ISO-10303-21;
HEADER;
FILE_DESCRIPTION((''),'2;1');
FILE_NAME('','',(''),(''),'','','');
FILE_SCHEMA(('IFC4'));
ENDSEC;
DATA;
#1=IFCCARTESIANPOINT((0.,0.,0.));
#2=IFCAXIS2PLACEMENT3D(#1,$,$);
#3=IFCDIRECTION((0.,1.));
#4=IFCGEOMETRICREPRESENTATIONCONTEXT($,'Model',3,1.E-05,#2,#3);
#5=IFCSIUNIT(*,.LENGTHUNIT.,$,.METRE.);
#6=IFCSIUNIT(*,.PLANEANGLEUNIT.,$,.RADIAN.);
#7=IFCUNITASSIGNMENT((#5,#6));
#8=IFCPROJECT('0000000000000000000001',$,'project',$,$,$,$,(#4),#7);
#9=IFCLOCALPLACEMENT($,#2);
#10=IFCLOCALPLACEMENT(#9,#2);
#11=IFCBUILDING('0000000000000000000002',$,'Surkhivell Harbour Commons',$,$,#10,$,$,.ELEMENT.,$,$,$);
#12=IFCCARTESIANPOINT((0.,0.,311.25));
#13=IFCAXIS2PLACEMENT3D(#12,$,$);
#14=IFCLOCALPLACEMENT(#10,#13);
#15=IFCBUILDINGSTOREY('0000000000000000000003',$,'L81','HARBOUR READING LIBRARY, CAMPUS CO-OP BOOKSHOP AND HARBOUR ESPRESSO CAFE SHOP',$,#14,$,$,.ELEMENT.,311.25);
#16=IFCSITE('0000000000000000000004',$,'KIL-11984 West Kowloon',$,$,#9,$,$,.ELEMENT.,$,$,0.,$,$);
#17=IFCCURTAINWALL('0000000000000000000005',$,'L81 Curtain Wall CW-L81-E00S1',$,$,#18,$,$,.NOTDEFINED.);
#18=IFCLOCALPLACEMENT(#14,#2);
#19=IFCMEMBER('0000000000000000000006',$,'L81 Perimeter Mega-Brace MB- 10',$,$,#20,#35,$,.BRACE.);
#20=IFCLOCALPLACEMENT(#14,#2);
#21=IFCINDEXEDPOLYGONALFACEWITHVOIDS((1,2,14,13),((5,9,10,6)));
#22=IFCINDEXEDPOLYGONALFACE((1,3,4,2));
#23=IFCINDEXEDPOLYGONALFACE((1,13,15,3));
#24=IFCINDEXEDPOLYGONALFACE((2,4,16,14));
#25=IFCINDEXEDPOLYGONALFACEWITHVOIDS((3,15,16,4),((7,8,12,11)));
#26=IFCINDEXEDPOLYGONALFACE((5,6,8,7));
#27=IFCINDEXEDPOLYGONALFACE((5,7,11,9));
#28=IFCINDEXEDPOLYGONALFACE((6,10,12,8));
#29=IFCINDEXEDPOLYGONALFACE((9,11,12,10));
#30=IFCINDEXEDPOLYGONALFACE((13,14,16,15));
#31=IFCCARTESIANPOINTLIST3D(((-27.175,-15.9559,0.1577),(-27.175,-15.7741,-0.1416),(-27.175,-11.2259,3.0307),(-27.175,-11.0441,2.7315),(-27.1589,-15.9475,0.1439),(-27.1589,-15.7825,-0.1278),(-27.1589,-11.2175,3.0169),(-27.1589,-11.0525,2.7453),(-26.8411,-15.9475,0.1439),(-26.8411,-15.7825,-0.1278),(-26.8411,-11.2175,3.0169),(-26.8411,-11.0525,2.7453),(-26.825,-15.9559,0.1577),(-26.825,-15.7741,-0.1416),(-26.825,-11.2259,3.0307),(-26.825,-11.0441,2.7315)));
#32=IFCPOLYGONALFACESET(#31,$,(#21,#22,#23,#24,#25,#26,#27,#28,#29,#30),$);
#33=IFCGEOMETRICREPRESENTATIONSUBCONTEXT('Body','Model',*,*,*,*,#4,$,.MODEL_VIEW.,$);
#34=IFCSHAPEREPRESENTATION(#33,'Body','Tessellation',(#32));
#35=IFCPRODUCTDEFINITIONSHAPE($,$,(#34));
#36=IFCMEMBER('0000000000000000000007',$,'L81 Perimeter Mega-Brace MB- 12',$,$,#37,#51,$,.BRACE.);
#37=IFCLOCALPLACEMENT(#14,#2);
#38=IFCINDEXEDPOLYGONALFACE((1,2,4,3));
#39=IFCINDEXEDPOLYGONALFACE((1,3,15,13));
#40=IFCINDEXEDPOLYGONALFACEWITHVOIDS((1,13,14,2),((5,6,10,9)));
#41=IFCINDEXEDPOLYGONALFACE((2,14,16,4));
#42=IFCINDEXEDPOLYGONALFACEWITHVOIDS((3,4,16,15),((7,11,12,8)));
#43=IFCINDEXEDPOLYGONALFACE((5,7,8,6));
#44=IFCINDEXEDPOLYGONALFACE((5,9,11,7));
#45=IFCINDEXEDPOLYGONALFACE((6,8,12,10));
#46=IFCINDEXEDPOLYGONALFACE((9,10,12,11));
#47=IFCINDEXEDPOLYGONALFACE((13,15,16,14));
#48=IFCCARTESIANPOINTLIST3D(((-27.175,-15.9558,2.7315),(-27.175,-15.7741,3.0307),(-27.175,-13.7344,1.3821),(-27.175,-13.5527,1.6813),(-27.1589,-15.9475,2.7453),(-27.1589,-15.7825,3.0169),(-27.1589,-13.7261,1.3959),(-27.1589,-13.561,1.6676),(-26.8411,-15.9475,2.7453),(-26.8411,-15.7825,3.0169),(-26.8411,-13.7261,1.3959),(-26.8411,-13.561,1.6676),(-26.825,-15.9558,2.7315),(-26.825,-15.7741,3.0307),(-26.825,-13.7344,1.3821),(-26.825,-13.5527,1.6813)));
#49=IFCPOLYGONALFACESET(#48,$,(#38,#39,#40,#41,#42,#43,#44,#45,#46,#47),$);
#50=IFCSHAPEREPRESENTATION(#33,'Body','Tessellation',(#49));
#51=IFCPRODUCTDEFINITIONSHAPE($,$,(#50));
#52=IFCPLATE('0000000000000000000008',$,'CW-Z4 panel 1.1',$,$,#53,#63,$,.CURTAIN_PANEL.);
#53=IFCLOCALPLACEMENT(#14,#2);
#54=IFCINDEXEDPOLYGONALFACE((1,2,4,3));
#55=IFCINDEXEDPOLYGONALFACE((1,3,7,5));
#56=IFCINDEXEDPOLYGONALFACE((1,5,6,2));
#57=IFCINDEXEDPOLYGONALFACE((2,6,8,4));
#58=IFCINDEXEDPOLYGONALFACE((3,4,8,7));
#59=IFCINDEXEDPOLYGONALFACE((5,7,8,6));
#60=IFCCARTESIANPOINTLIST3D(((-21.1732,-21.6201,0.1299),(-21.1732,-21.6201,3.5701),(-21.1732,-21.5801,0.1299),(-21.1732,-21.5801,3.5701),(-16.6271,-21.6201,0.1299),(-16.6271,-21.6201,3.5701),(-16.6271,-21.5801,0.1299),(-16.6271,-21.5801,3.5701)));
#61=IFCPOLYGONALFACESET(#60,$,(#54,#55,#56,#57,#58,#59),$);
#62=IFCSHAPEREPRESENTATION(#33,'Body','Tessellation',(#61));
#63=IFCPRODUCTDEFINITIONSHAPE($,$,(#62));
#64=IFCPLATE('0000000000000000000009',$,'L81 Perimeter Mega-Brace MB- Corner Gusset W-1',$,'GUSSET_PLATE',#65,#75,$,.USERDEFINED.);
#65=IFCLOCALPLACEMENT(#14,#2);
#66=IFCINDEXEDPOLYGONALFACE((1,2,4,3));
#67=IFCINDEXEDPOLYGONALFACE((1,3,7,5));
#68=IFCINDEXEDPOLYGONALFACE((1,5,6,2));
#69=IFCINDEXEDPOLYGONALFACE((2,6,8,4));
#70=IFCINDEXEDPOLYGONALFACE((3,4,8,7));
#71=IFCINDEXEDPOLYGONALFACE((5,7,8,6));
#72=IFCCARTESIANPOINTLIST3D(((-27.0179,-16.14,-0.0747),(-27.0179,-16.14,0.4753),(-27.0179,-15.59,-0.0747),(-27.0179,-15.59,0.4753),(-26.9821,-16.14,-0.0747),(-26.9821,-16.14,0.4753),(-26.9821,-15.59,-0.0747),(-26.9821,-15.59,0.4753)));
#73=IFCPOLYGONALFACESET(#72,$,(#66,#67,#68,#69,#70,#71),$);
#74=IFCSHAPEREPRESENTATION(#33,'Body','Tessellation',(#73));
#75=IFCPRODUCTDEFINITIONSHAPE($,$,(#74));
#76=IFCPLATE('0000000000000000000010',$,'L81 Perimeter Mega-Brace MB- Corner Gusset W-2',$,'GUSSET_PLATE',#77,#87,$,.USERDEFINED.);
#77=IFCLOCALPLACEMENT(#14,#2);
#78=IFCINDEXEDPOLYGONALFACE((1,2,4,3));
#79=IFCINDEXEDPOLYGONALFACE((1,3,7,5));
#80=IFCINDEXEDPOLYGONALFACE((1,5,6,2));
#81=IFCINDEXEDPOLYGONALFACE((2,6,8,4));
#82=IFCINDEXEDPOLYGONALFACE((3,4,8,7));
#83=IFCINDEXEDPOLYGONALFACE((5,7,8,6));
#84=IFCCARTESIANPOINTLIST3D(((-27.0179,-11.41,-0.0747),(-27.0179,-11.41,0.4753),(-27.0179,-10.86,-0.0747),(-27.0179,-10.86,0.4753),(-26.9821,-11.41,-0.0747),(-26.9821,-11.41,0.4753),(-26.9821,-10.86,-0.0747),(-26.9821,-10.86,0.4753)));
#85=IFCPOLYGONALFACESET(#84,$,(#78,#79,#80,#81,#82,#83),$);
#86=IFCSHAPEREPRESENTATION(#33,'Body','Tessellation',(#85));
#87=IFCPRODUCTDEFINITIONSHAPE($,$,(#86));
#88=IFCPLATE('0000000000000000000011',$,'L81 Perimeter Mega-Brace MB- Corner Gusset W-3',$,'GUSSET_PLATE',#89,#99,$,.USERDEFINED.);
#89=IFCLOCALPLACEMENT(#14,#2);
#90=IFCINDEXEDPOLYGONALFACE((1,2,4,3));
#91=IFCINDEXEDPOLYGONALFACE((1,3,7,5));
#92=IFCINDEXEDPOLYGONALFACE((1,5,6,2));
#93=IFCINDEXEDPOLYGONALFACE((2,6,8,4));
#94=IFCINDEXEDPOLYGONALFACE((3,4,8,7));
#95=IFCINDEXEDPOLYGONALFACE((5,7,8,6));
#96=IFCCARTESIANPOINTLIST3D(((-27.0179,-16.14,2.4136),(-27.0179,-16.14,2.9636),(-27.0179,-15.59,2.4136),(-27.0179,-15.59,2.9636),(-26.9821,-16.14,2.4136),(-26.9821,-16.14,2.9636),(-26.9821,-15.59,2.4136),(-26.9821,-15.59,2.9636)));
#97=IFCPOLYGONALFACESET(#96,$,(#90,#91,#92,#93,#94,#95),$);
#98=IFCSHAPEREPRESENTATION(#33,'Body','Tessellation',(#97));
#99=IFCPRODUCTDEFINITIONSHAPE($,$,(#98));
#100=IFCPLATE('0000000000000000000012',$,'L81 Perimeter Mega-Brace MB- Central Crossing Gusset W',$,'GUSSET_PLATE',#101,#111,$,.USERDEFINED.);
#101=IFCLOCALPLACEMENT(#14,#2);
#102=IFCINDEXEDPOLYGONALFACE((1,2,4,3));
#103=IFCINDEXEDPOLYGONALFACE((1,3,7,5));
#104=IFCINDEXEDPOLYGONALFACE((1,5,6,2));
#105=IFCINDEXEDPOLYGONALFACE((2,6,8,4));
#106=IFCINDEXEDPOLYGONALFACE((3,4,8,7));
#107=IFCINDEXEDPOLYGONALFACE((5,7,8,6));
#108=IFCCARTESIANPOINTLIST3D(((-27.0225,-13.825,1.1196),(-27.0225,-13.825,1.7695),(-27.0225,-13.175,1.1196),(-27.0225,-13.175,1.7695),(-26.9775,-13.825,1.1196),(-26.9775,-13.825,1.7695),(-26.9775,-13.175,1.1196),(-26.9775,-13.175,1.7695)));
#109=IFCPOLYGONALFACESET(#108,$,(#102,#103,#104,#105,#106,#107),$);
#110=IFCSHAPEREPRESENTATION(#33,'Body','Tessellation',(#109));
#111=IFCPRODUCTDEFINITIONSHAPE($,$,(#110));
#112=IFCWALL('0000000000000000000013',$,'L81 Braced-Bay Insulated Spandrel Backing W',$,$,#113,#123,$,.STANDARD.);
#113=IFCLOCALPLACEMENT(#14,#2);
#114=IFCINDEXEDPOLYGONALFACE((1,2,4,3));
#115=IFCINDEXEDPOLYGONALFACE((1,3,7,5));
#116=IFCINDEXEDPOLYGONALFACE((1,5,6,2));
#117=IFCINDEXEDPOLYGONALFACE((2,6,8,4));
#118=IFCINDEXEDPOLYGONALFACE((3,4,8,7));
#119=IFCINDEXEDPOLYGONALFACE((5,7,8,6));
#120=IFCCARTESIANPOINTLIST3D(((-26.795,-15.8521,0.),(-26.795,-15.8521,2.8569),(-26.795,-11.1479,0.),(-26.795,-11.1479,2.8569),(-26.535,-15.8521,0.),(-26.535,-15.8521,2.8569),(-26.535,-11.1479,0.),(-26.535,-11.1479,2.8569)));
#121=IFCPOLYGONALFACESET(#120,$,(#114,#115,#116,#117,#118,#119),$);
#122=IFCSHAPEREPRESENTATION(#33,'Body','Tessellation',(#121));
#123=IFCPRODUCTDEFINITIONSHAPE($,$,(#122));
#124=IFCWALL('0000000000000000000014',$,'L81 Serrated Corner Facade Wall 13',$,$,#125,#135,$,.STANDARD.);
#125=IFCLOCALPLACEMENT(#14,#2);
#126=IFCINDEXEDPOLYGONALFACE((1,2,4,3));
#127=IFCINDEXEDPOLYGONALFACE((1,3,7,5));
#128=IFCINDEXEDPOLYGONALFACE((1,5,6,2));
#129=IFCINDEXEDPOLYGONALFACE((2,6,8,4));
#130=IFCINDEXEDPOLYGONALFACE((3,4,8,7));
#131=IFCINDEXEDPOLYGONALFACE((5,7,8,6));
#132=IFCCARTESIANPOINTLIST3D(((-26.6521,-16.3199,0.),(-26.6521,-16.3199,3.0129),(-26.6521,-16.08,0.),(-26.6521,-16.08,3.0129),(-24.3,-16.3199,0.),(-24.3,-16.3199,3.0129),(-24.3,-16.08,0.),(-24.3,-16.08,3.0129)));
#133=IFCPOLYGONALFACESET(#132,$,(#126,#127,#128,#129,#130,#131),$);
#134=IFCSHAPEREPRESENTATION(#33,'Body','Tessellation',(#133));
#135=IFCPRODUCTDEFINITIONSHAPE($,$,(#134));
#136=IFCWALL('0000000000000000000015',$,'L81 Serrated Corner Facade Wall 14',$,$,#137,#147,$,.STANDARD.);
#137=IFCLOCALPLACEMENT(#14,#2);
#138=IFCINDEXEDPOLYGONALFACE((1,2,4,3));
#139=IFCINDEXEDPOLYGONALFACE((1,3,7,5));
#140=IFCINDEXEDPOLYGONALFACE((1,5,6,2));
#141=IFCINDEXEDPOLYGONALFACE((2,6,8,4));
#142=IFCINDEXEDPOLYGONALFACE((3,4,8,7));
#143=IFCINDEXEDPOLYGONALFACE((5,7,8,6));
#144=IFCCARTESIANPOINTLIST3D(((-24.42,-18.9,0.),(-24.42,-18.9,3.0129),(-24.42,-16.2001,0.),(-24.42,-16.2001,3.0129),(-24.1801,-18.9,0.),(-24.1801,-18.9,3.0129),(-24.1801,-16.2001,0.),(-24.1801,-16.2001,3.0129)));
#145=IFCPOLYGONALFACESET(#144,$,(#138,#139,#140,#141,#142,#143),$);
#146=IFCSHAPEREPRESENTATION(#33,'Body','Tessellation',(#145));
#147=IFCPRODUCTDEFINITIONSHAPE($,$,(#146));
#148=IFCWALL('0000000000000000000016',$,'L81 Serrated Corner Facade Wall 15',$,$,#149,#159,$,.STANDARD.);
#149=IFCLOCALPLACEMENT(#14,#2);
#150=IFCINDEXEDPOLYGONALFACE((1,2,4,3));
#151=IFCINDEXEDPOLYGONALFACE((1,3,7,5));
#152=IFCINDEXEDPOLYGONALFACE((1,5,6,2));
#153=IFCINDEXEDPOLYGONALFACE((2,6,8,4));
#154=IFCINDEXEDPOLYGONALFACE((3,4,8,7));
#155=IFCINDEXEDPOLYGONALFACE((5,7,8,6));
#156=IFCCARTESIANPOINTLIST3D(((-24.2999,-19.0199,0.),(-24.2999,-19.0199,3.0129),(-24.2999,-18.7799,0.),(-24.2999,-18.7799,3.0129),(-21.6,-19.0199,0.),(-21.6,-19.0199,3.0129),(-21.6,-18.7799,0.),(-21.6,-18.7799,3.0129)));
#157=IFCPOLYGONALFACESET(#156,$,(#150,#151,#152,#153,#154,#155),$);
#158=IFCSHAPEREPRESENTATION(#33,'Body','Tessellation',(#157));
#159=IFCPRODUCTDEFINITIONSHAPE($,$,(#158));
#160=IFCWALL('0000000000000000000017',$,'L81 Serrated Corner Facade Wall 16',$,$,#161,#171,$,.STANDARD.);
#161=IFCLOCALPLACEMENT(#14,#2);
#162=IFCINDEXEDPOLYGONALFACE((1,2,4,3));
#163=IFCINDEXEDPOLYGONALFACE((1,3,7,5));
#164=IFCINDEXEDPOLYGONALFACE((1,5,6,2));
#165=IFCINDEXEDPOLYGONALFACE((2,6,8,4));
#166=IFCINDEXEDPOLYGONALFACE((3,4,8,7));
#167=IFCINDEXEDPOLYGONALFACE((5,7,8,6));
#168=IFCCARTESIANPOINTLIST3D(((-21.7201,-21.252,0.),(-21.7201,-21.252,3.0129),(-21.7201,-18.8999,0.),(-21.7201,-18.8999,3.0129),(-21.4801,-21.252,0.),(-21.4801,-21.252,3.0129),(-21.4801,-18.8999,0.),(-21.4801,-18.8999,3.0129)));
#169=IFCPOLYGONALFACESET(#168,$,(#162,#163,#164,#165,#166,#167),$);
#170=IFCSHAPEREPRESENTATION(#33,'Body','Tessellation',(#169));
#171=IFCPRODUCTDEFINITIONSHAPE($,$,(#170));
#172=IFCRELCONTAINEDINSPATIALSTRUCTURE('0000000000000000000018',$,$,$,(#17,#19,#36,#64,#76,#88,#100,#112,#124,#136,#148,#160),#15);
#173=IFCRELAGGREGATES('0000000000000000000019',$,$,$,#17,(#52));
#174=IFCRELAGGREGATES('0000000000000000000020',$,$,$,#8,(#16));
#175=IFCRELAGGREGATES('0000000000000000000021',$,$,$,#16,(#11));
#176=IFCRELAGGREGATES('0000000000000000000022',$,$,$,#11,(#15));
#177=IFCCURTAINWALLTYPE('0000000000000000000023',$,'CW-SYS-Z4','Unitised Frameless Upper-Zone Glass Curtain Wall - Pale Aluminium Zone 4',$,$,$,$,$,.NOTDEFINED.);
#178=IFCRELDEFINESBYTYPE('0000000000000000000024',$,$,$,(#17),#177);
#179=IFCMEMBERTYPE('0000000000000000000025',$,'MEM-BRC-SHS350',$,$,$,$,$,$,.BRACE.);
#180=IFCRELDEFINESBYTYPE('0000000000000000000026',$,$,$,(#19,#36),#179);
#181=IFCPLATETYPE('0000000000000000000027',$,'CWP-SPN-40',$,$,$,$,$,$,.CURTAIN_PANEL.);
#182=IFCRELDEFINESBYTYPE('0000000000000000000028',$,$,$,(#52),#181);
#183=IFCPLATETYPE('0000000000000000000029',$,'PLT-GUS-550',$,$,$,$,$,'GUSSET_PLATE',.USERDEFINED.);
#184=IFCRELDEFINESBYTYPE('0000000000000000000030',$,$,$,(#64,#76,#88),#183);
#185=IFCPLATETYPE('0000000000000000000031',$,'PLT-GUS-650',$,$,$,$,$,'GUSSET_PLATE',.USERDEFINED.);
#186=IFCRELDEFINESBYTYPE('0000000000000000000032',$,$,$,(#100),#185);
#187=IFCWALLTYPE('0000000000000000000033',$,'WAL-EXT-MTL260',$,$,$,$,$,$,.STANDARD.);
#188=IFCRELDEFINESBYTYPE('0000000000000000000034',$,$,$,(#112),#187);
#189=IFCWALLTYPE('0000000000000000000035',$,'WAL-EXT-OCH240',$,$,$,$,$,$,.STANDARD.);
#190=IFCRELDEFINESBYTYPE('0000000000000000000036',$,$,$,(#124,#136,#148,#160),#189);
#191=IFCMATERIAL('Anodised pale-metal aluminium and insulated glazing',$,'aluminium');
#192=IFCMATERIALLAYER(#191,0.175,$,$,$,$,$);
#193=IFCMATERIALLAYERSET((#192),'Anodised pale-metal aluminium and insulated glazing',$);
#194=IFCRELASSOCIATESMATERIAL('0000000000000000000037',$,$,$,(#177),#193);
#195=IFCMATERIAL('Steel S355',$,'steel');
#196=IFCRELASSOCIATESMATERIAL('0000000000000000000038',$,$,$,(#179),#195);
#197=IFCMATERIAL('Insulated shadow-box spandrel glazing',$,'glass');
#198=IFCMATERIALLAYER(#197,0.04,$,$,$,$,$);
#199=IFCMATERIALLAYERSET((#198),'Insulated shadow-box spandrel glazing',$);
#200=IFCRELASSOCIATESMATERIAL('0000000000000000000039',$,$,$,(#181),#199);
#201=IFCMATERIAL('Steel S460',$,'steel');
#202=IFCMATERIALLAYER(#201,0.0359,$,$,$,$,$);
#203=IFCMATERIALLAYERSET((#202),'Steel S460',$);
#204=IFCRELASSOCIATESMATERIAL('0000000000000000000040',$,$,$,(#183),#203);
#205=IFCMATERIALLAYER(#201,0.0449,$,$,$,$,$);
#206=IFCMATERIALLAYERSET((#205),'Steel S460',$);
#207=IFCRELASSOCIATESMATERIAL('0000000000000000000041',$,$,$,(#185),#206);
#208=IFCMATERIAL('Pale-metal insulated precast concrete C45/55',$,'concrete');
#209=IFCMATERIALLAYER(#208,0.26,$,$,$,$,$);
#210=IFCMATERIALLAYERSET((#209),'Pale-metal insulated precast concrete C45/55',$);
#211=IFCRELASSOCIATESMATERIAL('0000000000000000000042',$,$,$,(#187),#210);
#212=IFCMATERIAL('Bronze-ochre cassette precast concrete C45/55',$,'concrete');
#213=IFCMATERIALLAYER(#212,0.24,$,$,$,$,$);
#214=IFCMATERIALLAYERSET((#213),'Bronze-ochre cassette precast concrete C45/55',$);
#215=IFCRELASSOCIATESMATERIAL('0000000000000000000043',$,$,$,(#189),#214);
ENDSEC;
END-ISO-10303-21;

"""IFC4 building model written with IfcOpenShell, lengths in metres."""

from ifc_helpers import new_model, si_unit, direction, frame, frame_2d, origin, origin_2d, place, context, subcontext, project, spatial, rectangle, hollow_rectangle, extrude, material, layer, layer_set, material_profile, profile_set, type_object, element, aggregate, save


model = new_model("IFC4")

# Units and contexts
model_context = context("Model", 3, precision=1e-05, world=origin(), true_north=direction((0.0, 1.0)))
body_context = subcontext(model_context, "Body", "Model", "MODEL_VIEW")
ifc_project = project(units=[si_unit("LENGTHUNIT", "METRE"), si_unit("PLANEANGLEUNIT", "RADIAN")], contexts=[model_context])

# Site, building, storey
site_placement = place(None, origin())
site = spatial("IfcSite", under=ifc_project, at=site_placement, Name="KIL-11984 West Kowloon", CompositionType="ELEMENT", RefElevation=0.0)
building_placement = place(site_placement, origin())
building = spatial("IfcBuilding", under=site, at=building_placement, Name="Surkhivell Harbour Commons", CompositionType="ELEMENT")
storey_placement = place(building_placement, frame((0.0, 0.0, 311.25)))
storey = spatial("IfcBuildingStorey", under=building, at=storey_placement, Name="L81", Description="HARBOUR READING LIBRARY, CAMPUS CO-OP BOOKSHOP AND HARBOUR ESPRESSO CAFE SHOP", CompositionType="ELEMENT", Elevation=311.25)

# Shared definitions
ifc_material_1 = material(Name="Steel S355", Category="steel")

# Curtain wall
ifc_material_2 = material(Name="Anodised pale-metal aluminium and insulated glazing", Category="aluminium")
ifc_layer_1 = layer(ifc_material_2, 0.175)
ifc_layer_set_1 = layer_set([ifc_layer_1], Name="Anodised pale-metal aluminium and insulated glazing")
curtain_wall_type = type_object("IfcCurtainWallType", Name="CW-SYS-Z4", Description="Unitised Frameless Upper-Zone Glass Curtain Wall - Pale Aluminium Zone 4", PredefinedType="NOTDEFINED", material=ifc_layer_set_1)
curtain_wall_placement = place(storey_placement, origin())
curtain_wall = element("IfcCurtainWall", 1, at=curtain_wall_placement, inside=storey, type_object=curtain_wall_type, Name="L81 Curtain Wall CW-L81-E00S1", PredefinedType="NOTDEFINED")

# Members
ifc_material_profile_1 = material_profile(ifc_material_1, hollow_rectangle(XDim=0.3501, YDim=0.3501, WallThickness=0.0161, at=origin_2d()), Name="SHS350x350x16")
ifc_profile_set_1 = profile_set([ifc_material_profile_1], Name="Steel S355")
member_type_1 = type_object("IfcMemberType", Name="MEM-BRC-SHS350", PredefinedType="BRACE", material=ifc_profile_set_1)
member_1_placement = place(storey_placement, frame((-27.0, -15.865, 0.0081), z_axis=(0.0, 0.854685, 0.519146), x_axis=(-1.0, 0.0, 0.0)))
element("IfcMember", 2, at=member_1_placement, inside=storey, type_object=member_type_1, Name="L81 Perimeter Mega-Brace MB- 10", PredefinedType="BRACE", context=body_context, shape_type="SweptSolid", body=[
    extrude(hollow_rectangle(XDim=0.3501, YDim=0.3501, WallThickness=0.0161, at=origin_2d()), origin(), (0.0, 0.0, 1.0), 5.5342),
])
member_2_placement = place(storey_placement, frame((-27.0, -13.6436, 1.5317), z_axis=(0.0, -0.854679, 0.519157), x_axis=(1.0, 0.0, 0.0)))
element("IfcMember", 3, at=member_2_placement, inside=storey, type_object=member_type_1, Name="L81 Perimeter Mega-Brace MB- 12", PredefinedType="BRACE", context=body_context, shape_type="SweptSolid", body=[
    extrude(hollow_rectangle(XDim=0.3501, YDim=0.3501, WallThickness=0.0161, at=origin_2d()), origin(), (0.0, 0.0, 1.0), 2.5991),
])

# Plate
ifc_material_3 = material(Name="Insulated shadow-box spandrel glazing", Category="glass")
ifc_layer_2 = layer(ifc_material_3, 0.04)
ifc_layer_set_2 = layer_set([ifc_layer_2], Name="Insulated shadow-box spandrel glazing")
plate_type_1 = type_object("IfcPlateType", Name="CWP-SPN-40", PredefinedType="CURTAIN_PANEL", material=ifc_layer_set_2)
plate_1_placement = place(storey_placement, frame((-21.1731, -21.6001, 0.1299), z_axis=(0.0, 0.0, 1.0), x_axis=(1.0, 0.0, 0.0)))
plate_1 = element("IfcPlate", 4, at=plate_1_placement, type_object=plate_type_1, Name="CW-Z4 panel 1.1", PredefinedType="CURTAIN_PANEL", context=body_context, shape_type="SweptSolid", body=[
    extrude(rectangle(XDim=4.5461, YDim=0.04, at=frame_2d((2.2729, 0.0))), origin(), (0.0, 0.0, 1.0), 3.4402),
])
aggregate(curtain_wall, [plate_1])

# Plates
ifc_material_4 = material(Name="Steel S460", Category="steel")
ifc_layer_3 = layer(ifc_material_4, 0.0359)
ifc_layer_set_3 = layer_set([ifc_layer_3], Name="Steel S460")
plate_type_2 = type_object("IfcPlateType", Name="PLT-GUS-550", ElementType="GUSSET_PLATE", PredefinedType="USERDEFINED", material=ifc_layer_set_3)
for number, where, z_axis, x_axis, name in (
    (5, (-27.0, -15.865, -0.0747), (0.0, 0.0, 1.0), (0.0, 1.0, 0.0), "L81 Perimeter Mega-Brace MB- Corner Gusset W-1"),
    (6, (-27.0, -11.135, -0.0747), (0.0, 0.0, 1.0), (0.0, 1.0, 0.0), "L81 Perimeter Mega-Brace MB- Corner Gusset W-2"),
    (7, (-27.0, -15.865, 2.4136), (0.0, 0.0, 1.0), (0.0, 1.0, 0.0), "L81 Perimeter Mega-Brace MB- Corner Gusset W-3"),
):
    element("IfcPlate", number, at=place(storey_placement, frame(where, z_axis=z_axis, x_axis=x_axis)), inside=storey, type_object=plate_type_2, Name=name, ObjectType="GUSSET_PLATE", PredefinedType="USERDEFINED", context=body_context, shape_type="SweptSolid", body=[
        extrude(rectangle(XDim=0.55, YDim=0.0359, at=origin_2d()), origin(), (0.0, 0.0, 1.0), 0.55),
    ])
ifc_layer_4 = layer(ifc_material_4, 0.0449)
ifc_layer_set_4 = layer_set([ifc_layer_4], Name="Steel S460")
plate_type_3 = type_object("IfcPlateType", Name="PLT-GUS-650", ElementType="GUSSET_PLATE", PredefinedType="USERDEFINED", material=ifc_layer_set_4)
plate_2_placement = place(storey_placement, frame((-27.0, -13.5, 1.1196), z_axis=(0.0, 0.0, 1.0), x_axis=(0.0, 1.0, 0.0)))
element("IfcPlate", 8, at=plate_2_placement, inside=storey, type_object=plate_type_3, Name="L81 Perimeter Mega-Brace MB- Central Crossing Gusset W", ObjectType="GUSSET_PLATE", PredefinedType="USERDEFINED", context=body_context, shape_type="SweptSolid", body=[
    extrude(rectangle(XDim=0.6499, YDim=0.0449, at=origin_2d()), origin(), (0.0, 0.0, 1.0), 0.6499),
])

# Walls
ifc_material_5 = material(Name="Pale-metal insulated precast concrete C45/55", Category="concrete")
ifc_layer_5 = layer(ifc_material_5, 0.26)
ifc_layer_set_5 = layer_set([ifc_layer_5], Name="Pale-metal insulated precast concrete C45/55")
wall_type_1 = type_object("IfcWallType", Name="WAL-EXT-MTL260", PredefinedType="STANDARD", material=ifc_layer_set_5)
wall_1_placement = place(storey_placement, frame((-26.665, -15.8521, 0.0), z_axis=(0.0, 0.0, 1.0), x_axis=(0.0, 1.0, 0.0)))
element("IfcWall", 9, at=wall_1_placement, inside=storey, type_object=wall_type_1, Name="L81 Braced-Bay Insulated Spandrel Backing W", PredefinedType="STANDARD", context=body_context, shape_type="SweptSolid", body=[
    extrude(rectangle(XDim=4.7041, YDim=0.26, at=frame_2d((2.3521, 0.0))), origin(), (0.0, 0.0, 1.0), 2.8569),
])
ifc_material_6 = material(Name="Bronze-ochre cassette precast concrete C45/55", Category="concrete")
ifc_layer_6 = layer(ifc_material_6, 0.24)
ifc_layer_set_6 = layer_set([ifc_layer_6], Name="Bronze-ochre cassette precast concrete C45/55")
wall_type_2 = type_object("IfcWallType", Name="WAL-EXT-OCH240", PredefinedType="STANDARD", material=ifc_layer_set_6)
wall_2_placement = place(storey_placement, frame((-26.6521, -16.2, 0.0), z_axis=(0.0, 0.0, 1.0), x_axis=(1.0, 0.0, 0.0)))
element("IfcWall", 10, at=wall_2_placement, inside=storey, type_object=wall_type_2, Name="L81 Serrated Corner Facade Wall 13", PredefinedType="STANDARD", context=body_context, shape_type="SweptSolid", body=[
    extrude(rectangle(XDim=2.3521, YDim=0.24, at=frame_2d((1.176, 0.0))), origin(), (0.0, 0.0, 1.0), 3.0129),
])
for number, where, z_axis, x_axis, name in (
    (11, (-24.3, -16.2, 0.0), (0.0, 0.0, 1.0), (0.0, -1.0, 0.0), "L81 Serrated Corner Facade Wall 14"),
    (12, (-24.3, -18.8999, 0.0), (0.0, 0.0, 1.0), (1.0, 0.0, 0.0), "L81 Serrated Corner Facade Wall 15"),
):
    element("IfcWall", number, at=place(storey_placement, frame(where, z_axis=z_axis, x_axis=x_axis)), inside=storey, type_object=wall_type_2, Name=name, PredefinedType="STANDARD", context=body_context, shape_type="SweptSolid", body=[
        extrude(rectangle(XDim=2.7, YDim=0.24, at=frame_2d((1.3501, 0.0))), origin(), (0.0, 0.0, 1.0), 3.0129),
    ])
wall_3_placement = place(storey_placement, frame((-21.6001, -18.8999, 0.0), z_axis=(0.0, 0.0, 1.0), x_axis=(0.0, -1.0, 0.0)))
element("IfcWall", 13, at=wall_3_placement, inside=storey, type_object=wall_type_2, Name="L81 Serrated Corner Facade Wall 16", PredefinedType="STANDARD", context=body_context, shape_type="SweptSolid", body=[
    extrude(rectangle(XDim=2.3521, YDim=0.24, at=frame_2d((1.176, 0.0))), origin(), (0.0, 0.0, 1.0), 3.0129),
])

save(model, "model.ifc")
